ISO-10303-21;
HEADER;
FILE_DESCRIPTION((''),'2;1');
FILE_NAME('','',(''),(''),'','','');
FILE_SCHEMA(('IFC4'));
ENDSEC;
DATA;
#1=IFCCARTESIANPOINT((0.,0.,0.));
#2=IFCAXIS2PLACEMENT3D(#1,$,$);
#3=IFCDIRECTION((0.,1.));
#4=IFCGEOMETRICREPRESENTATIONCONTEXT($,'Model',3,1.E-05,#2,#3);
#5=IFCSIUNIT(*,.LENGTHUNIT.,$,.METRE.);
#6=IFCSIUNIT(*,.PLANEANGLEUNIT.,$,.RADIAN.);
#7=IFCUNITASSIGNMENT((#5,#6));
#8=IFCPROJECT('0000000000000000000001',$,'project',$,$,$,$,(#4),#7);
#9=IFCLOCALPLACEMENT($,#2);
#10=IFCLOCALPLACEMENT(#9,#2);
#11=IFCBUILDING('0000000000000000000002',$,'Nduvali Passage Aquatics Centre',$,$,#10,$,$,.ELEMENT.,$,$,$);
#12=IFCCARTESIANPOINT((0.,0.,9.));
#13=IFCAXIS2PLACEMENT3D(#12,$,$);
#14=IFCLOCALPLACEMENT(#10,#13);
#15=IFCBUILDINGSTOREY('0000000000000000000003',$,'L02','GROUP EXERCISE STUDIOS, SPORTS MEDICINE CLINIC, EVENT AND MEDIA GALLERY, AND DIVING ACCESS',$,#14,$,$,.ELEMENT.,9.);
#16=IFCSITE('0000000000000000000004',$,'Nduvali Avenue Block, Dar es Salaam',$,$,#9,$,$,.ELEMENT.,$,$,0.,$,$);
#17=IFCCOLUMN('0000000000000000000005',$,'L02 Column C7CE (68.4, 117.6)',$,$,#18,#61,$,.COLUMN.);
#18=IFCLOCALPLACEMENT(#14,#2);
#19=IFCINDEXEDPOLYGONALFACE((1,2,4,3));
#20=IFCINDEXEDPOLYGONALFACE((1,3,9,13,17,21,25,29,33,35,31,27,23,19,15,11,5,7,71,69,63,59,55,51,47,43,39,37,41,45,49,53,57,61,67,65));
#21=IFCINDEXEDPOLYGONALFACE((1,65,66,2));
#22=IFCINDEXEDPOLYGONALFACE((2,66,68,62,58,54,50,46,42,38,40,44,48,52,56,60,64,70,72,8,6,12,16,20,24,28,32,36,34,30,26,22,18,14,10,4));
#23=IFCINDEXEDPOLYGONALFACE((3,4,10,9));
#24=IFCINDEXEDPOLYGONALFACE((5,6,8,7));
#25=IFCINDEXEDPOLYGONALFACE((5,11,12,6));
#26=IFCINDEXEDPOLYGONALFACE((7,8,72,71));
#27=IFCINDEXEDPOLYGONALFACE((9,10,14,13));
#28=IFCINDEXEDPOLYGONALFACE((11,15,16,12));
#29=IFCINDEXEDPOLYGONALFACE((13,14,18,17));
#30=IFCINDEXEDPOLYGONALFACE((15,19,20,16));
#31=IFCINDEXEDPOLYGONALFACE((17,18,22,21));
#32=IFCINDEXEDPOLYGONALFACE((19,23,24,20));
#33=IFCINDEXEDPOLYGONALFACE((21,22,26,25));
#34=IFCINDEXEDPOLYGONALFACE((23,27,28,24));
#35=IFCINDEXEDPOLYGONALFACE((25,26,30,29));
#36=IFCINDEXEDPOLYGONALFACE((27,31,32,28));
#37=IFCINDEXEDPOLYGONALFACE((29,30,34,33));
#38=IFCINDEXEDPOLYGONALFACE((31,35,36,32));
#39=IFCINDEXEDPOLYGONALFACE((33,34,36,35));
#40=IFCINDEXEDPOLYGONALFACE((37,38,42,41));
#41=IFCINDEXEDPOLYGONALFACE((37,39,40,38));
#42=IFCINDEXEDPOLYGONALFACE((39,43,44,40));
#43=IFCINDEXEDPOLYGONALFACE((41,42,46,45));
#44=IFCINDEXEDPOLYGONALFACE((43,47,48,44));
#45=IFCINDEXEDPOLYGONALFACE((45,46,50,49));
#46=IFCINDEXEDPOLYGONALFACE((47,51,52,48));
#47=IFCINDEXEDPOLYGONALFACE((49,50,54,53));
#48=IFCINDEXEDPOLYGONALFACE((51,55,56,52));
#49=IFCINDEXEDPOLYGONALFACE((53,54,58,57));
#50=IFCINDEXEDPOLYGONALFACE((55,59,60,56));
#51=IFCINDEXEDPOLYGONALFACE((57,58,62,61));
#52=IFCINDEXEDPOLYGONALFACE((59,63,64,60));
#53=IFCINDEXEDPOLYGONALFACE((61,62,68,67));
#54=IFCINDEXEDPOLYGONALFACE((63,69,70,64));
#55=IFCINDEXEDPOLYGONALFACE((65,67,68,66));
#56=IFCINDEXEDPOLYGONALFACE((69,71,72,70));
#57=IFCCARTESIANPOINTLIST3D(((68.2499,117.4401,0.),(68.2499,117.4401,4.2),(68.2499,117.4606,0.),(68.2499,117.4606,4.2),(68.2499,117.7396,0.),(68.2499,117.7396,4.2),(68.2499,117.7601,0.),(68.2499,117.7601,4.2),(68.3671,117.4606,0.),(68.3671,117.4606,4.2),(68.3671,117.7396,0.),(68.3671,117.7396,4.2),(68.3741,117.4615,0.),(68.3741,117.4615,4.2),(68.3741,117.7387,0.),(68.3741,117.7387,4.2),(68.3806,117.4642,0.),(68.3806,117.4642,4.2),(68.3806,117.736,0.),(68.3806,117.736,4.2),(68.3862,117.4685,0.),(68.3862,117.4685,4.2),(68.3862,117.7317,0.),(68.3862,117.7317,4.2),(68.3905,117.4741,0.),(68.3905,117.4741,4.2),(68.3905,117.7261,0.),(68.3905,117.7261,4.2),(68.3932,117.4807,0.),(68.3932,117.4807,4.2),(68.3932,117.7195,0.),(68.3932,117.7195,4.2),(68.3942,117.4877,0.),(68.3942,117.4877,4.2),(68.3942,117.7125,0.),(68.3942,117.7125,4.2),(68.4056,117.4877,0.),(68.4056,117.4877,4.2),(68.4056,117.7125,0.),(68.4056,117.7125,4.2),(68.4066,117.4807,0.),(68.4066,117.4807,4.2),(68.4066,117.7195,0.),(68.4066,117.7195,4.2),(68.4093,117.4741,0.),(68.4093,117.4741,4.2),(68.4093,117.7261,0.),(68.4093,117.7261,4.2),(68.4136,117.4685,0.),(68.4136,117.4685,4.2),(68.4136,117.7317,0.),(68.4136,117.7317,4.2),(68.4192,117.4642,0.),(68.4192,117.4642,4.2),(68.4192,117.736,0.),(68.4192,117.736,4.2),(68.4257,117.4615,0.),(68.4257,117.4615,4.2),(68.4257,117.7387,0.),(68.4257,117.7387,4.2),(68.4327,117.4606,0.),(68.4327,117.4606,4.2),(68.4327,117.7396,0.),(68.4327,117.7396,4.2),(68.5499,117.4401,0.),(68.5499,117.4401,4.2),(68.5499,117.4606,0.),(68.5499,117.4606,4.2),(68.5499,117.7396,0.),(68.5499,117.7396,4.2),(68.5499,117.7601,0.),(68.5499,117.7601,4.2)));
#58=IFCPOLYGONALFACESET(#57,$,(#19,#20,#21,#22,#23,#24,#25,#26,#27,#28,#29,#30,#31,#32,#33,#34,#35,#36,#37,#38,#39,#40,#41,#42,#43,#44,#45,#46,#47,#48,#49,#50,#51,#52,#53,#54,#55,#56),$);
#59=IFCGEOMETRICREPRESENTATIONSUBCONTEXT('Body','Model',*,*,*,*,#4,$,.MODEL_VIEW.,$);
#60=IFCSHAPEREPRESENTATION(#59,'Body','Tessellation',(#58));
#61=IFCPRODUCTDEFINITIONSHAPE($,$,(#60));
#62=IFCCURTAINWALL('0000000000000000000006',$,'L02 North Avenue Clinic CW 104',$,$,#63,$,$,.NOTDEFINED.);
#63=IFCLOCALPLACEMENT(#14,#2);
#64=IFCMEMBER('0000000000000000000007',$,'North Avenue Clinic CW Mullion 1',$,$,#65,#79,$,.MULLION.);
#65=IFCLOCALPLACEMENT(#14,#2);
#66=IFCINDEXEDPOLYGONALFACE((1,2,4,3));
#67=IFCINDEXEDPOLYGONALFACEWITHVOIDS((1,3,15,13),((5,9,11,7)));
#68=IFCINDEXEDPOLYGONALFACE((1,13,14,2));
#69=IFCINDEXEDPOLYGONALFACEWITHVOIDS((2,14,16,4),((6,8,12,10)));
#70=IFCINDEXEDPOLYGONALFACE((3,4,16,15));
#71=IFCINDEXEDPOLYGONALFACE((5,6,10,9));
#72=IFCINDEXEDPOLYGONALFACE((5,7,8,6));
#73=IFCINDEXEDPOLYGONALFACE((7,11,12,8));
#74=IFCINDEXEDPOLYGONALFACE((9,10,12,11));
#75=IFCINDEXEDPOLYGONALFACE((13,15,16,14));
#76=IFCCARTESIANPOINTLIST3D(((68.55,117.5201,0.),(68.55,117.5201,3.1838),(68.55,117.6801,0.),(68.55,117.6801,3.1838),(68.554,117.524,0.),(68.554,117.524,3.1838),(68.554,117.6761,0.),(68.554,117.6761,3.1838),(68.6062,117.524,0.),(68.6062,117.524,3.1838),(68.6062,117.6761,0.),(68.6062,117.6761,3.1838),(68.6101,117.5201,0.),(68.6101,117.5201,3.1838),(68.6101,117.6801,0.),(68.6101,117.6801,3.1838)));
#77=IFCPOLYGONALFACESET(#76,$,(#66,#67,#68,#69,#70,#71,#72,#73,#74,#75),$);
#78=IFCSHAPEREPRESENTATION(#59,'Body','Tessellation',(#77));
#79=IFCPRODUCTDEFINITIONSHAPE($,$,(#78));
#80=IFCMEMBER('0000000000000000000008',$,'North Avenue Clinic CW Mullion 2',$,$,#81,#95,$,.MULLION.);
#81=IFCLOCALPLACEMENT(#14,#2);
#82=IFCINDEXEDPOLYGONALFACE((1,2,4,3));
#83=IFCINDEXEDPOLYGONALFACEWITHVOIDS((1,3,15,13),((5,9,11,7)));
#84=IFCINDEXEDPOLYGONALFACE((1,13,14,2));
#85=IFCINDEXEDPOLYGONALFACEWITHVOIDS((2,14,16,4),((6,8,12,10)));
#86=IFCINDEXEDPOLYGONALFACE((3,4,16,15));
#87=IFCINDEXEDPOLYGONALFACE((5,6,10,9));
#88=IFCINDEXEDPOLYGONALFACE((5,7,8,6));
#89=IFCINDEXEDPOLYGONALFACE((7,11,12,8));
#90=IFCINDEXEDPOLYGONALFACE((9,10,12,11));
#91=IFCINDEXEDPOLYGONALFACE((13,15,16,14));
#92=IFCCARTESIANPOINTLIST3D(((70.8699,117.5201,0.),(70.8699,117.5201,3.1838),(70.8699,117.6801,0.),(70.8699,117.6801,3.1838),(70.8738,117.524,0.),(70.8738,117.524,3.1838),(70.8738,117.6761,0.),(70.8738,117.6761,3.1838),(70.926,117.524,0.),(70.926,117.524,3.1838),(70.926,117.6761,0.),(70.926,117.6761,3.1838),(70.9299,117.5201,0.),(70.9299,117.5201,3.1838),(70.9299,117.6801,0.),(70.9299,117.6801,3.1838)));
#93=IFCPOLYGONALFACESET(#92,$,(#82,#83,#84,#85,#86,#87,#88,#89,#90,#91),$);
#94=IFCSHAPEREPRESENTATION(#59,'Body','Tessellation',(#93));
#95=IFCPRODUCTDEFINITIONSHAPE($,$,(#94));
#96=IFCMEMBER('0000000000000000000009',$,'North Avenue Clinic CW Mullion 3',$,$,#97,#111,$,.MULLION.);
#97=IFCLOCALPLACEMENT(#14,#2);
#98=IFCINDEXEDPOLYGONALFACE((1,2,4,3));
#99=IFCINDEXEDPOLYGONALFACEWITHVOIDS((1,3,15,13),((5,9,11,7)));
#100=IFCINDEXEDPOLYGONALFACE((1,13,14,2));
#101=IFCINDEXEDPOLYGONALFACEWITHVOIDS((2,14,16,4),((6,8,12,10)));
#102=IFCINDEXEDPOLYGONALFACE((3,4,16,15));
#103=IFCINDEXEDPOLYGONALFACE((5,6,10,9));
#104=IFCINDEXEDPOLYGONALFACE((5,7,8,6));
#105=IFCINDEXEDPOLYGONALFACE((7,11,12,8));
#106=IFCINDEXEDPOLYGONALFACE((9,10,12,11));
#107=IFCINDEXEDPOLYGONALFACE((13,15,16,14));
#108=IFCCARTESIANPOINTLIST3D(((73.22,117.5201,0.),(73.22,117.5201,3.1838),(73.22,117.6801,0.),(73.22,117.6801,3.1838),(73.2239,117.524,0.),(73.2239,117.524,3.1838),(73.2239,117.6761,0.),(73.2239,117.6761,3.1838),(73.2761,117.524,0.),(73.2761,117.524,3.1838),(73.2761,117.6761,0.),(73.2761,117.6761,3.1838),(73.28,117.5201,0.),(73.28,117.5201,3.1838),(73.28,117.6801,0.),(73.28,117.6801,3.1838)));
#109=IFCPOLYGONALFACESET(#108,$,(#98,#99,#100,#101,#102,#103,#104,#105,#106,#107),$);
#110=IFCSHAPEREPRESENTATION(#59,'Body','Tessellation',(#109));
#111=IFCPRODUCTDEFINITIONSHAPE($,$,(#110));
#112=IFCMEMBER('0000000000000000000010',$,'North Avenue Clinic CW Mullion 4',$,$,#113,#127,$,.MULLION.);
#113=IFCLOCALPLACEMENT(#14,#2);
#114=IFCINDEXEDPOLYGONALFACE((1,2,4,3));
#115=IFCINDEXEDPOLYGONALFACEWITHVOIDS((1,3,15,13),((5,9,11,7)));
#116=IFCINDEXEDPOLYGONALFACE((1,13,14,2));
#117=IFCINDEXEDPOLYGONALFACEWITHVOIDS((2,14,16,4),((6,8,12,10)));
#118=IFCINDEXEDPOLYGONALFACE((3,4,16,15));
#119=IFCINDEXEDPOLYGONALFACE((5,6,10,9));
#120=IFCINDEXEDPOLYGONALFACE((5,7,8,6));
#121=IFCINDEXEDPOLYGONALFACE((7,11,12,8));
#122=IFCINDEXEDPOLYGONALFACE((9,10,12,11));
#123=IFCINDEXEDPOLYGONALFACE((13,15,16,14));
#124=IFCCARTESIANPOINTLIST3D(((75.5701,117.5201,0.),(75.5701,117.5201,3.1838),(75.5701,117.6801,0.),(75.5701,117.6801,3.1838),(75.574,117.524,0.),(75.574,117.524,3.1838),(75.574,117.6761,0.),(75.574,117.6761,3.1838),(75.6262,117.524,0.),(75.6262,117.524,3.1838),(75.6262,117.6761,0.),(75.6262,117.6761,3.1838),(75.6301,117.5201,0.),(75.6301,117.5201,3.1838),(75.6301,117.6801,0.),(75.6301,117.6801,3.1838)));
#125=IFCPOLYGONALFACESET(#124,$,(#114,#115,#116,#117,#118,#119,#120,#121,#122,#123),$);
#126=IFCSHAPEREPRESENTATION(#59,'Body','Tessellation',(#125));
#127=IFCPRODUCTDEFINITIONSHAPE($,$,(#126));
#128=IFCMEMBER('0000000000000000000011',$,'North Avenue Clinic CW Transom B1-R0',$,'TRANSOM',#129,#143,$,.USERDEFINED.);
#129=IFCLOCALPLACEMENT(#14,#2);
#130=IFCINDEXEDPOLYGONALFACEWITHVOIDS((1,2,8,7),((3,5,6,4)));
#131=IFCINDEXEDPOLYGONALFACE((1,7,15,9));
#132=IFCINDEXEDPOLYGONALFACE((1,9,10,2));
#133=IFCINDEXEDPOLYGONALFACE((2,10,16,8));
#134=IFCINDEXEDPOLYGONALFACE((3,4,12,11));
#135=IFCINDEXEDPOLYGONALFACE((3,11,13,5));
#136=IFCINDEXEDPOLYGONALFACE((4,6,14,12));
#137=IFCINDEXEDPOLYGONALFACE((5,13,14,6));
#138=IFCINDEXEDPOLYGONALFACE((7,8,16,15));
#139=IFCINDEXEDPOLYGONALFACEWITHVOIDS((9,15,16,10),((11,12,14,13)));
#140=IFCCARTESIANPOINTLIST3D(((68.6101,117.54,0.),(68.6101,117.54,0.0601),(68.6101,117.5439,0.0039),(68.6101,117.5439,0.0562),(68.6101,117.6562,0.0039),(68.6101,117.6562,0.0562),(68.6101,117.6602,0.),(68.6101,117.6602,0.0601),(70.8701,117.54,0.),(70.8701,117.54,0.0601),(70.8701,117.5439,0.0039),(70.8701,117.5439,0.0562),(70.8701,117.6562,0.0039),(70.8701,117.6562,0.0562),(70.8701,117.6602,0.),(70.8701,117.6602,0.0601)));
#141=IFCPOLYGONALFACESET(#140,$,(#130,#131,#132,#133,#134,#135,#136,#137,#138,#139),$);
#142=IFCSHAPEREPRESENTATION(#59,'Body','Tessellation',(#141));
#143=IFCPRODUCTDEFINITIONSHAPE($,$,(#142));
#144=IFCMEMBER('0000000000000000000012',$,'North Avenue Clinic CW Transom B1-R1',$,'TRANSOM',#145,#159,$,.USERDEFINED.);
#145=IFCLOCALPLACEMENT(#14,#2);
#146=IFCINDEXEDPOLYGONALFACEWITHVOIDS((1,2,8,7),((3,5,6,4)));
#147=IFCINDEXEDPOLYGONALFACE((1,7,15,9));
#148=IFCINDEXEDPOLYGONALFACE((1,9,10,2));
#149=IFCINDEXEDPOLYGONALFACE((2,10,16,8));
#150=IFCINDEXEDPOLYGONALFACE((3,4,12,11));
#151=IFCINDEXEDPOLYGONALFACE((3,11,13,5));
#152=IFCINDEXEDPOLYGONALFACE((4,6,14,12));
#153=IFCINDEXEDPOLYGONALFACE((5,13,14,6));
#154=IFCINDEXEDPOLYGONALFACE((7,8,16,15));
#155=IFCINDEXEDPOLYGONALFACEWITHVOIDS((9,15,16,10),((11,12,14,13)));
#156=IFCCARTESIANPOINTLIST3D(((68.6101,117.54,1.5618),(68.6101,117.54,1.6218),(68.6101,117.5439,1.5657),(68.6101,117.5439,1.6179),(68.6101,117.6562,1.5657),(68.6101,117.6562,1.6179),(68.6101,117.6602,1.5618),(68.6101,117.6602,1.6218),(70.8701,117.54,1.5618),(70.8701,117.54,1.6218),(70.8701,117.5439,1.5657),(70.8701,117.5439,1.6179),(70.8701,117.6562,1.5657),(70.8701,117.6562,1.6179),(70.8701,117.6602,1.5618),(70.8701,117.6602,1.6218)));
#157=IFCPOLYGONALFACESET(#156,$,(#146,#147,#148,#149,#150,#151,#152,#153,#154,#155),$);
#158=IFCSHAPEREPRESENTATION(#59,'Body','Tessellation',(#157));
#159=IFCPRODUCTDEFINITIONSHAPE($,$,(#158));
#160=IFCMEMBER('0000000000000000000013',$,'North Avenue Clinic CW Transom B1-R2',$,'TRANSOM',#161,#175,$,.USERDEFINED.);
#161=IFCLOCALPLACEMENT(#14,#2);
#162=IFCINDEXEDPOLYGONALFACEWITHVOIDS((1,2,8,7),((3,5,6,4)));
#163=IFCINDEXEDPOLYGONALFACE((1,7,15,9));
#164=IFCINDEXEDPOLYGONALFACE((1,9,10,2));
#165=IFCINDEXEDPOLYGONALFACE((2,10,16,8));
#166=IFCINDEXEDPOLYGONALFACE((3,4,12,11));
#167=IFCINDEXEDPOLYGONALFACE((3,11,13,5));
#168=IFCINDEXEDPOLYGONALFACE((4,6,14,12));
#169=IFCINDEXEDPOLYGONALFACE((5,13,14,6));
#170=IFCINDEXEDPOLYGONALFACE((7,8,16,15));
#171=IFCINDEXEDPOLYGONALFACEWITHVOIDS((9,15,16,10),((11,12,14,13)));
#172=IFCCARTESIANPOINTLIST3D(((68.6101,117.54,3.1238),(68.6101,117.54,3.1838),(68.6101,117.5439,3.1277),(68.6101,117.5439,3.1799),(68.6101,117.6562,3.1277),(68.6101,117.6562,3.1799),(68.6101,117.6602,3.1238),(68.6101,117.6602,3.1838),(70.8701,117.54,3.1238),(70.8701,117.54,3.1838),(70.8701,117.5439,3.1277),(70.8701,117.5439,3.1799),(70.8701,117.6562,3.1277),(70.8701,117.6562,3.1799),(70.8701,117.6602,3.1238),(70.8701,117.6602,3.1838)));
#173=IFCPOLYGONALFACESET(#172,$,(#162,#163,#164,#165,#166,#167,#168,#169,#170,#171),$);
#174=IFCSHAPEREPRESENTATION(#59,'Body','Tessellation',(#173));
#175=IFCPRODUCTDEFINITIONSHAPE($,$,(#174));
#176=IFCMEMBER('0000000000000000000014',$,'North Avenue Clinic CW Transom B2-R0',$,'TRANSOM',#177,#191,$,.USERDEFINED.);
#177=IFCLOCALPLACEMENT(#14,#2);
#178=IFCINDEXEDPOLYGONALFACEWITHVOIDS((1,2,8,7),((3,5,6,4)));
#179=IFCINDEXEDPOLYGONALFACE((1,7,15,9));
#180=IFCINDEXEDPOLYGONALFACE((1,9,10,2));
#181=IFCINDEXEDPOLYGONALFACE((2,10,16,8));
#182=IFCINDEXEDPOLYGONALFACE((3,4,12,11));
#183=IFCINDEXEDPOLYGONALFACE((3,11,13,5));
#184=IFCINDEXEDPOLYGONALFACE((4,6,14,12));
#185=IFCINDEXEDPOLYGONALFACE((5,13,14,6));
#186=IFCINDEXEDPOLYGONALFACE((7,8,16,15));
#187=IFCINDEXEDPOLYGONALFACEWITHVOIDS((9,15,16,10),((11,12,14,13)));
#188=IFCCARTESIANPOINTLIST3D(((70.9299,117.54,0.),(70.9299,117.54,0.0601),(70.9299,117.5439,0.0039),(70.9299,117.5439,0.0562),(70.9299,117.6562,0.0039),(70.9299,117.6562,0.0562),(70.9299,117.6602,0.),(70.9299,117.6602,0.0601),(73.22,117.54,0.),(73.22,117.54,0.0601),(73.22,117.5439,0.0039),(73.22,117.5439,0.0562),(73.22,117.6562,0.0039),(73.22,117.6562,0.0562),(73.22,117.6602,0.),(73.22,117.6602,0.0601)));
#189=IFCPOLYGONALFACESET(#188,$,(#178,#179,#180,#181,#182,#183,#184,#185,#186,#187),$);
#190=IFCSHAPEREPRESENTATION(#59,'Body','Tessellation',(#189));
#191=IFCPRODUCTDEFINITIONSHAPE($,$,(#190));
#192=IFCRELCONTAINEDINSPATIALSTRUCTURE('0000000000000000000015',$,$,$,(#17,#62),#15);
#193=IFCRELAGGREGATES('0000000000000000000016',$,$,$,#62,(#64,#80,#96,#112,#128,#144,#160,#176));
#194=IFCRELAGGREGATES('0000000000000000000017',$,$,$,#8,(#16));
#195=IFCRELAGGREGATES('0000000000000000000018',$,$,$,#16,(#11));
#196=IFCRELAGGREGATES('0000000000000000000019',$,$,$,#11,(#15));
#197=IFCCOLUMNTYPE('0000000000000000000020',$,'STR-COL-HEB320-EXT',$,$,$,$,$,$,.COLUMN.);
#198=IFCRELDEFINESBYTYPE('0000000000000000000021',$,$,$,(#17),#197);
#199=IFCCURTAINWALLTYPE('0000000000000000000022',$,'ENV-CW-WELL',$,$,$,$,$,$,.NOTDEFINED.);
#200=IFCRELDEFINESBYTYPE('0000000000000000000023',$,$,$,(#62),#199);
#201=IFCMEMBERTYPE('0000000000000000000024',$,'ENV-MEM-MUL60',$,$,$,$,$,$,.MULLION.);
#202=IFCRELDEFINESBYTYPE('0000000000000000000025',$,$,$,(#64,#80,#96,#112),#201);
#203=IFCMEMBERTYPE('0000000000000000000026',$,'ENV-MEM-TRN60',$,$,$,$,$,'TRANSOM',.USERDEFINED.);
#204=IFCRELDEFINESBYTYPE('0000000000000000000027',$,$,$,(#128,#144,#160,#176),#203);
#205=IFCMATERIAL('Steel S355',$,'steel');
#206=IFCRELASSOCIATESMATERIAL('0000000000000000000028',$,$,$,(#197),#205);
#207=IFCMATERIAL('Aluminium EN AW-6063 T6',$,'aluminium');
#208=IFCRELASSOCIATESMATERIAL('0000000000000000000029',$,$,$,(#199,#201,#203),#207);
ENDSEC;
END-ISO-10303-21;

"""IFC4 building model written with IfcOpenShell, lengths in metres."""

from ifc_helpers import new_model, si_unit, direction, frame, origin, origin_2d, place, context, subcontext, project, spatial, hollow_rectangle, i_section, extrude, material, material_profile, profile_set, type_object, element, aggregate, save


model = new_model("IFC4")

# Units and contexts
model_context = context("Model", 3, precision=1e-05, world=origin(), true_north=direction((0.0, 1.0)))
body_context = subcontext(model_context, "Body", "Model", "MODEL_VIEW")
ifc_project = project(units=[si_unit("LENGTHUNIT", "METRE"), si_unit("PLANEANGLEUNIT", "RADIAN")], contexts=[model_context])

# Site, building, storey
site_placement = place(None, origin())
site = spatial("IfcSite", under=ifc_project, at=site_placement, Name="Nduvali Avenue Block, Dar es Salaam", CompositionType="ELEMENT", RefElevation=0.0)
building_placement = place(site_placement, origin())
building = spatial("IfcBuilding", under=site, at=building_placement, Name="Nduvali Passage Aquatics Centre", CompositionType="ELEMENT")
storey_placement = place(building_placement, frame((0.0, 0.0, 9.0)))
storey = spatial("IfcBuildingStorey", under=building, at=storey_placement, Name="L02", Description="GROUP EXERCISE STUDIOS, SPORTS MEDICINE CLINIC, EVENT AND MEDIA GALLERY, AND DIVING ACCESS", CompositionType="ELEMENT", Elevation=9.0)

# Column
ifc_material_1 = material(Name="Steel S355", Category="steel")
ifc_material_profile_1 = material_profile(ifc_material_1, i_section(OverallWidth=0.3, OverallDepth=0.3201, WebThickness=0.0115, FlangeThickness=0.0205, FilletRadius=0.0271, at=origin_2d()), Name="HEB 320")
ifc_profile_set_1 = profile_set([ifc_material_profile_1], Name="Steel S355")
column_type = type_object("IfcColumnType", Name="STR-COL-HEB320-EXT", PredefinedType="COLUMN", material=ifc_profile_set_1)
column_placement = place(storey_placement, frame((68.3999, 117.6001, 0.0), z_axis=(0.0, 0.0, 1.0), x_axis=(1.0, 0.0, 0.0)))
element("IfcColumn", 1, at=column_placement, inside=storey, type_object=column_type, Name="L02 Column C7CE (68.4, 117.6)", PredefinedType="COLUMN", context=body_context, shape_type="SweptSolid", body=[
    extrude(i_section(OverallWidth=0.3, OverallDepth=0.3201, WebThickness=0.0115, FlangeThickness=0.0205, FilletRadius=0.0271, at=origin_2d()), origin(), (0.0, 0.0, 1.0), 4.2),
])

# Curtain wall, members
ifc_material_2 = material(Name="Aluminium EN AW-6063 T6", Category="aluminium")
curtain_wall_type = type_object("IfcCurtainWallType", Name="ENV-CW-WELL", PredefinedType="NOTDEFINED", material=ifc_material_2)
curtain_wall_placement = place(storey_placement, origin())
curtain_wall = element("IfcCurtainWall", 2, at=curtain_wall_placement, inside=storey, type_object=curtain_wall_type, Name="L02 North Avenue Clinic CW 104", PredefinedType="NOTDEFINED")
ifc_material_profile_2 = material_profile(ifc_material_2, hollow_rectangle(XDim=0.0601, YDim=0.1599, WallThickness=0.0039, at=origin_2d()), Name="ALU MULLION 60x160x4")
ifc_profile_set_2 = profile_set([ifc_material_profile_2], Name="Aluminium EN AW-6063 T6")
member_type_1 = type_object("IfcMemberType", Name="ENV-MEM-MUL60", PredefinedType="MULLION", material=ifc_profile_set_2)
member_1_placement = place(storey_placement, frame((68.5801, 117.6001, 0.0), z_axis=(0.0, 0.0, 1.0), x_axis=(1.0, 0.0, 0.0)))
member_1 = element("IfcMember", 3, at=member_1_placement, type_object=member_type_1, Name="North Avenue Clinic CW Mullion 1", PredefinedType="MULLION", context=body_context, shape_type="SweptSolid", body=[
    extrude(hollow_rectangle(XDim=0.0601, YDim=0.1599, WallThickness=0.0039, at=origin_2d()), origin(), (0.0, 0.0, 1.0), 3.1838),
])
member_2_placement = place(storey_placement, frame((70.8999, 117.6001, 0.0), z_axis=(0.0, 0.0, 1.0), x_axis=(1.0, 0.0, 0.0)))
member_2 = element("IfcMember", 4, at=member_2_placement, type_object=member_type_1, Name="North Avenue Clinic CW Mullion 2", PredefinedType="MULLION", context=body_context, shape_type="SweptSolid", body=[
    extrude(hollow_rectangle(XDim=0.0601, YDim=0.1599, WallThickness=0.0039, at=origin_2d()), origin(), (0.0, 0.0, 1.0), 3.1838),
])
member_3_placement = place(storey_placement, frame((73.25, 117.6001, 0.0), z_axis=(0.0, 0.0, 1.0), x_axis=(1.0, 0.0, 0.0)))
member_3 = element("IfcMember", 5, at=member_3_placement, type_object=member_type_1, Name="North Avenue Clinic CW Mullion 3", PredefinedType="MULLION", context=body_context, shape_type="SweptSolid", body=[
    extrude(hollow_rectangle(XDim=0.0601, YDim=0.1599, WallThickness=0.0039, at=origin_2d()), origin(), (0.0, 0.0, 1.0), 3.1838),
])
member_4_placement = place(storey_placement, frame((75.6001, 117.6001, 0.0), z_axis=(0.0, 0.0, 1.0), x_axis=(1.0, 0.0, 0.0)))
member_4 = element("IfcMember", 6, at=member_4_placement, type_object=member_type_1, Name="North Avenue Clinic CW Mullion 4", PredefinedType="MULLION", context=body_context, shape_type="SweptSolid", body=[
    extrude(hollow_rectangle(XDim=0.0601, YDim=0.1599, WallThickness=0.0039, at=origin_2d()), origin(), (0.0, 0.0, 1.0), 3.1838),
])
ifc_material_profile_3 = material_profile(ifc_material_2, hollow_rectangle(XDim=0.1201, YDim=0.0601, WallThickness=0.0039, at=origin_2d()), Name="ALU TRANSOM 120x60x4")
ifc_profile_set_3 = profile_set([ifc_material_profile_3], Name="Aluminium EN AW-6063 T6")
member_type_2 = type_object("IfcMemberType", Name="ENV-MEM-TRN60", ElementType="TRANSOM", PredefinedType="USERDEFINED", material=ifc_profile_set_3)
member_5_placement = place(storey_placement, frame((68.6101, 117.6001, 0.03), z_axis=(1.0, 0.0, 0.0), x_axis=(0.0, 1.0, 0.0)))
member_5 = element("IfcMember", 7, at=member_5_placement, type_object=member_type_2, Name="North Avenue Clinic CW Transom B1-R0", ObjectType="TRANSOM", PredefinedType="USERDEFINED", context=body_context, shape_type="SweptSolid", body=[
    extrude(hollow_rectangle(XDim=0.1201, YDim=0.0601, WallThickness=0.0039, at=origin_2d()), origin(), (0.0, 0.0, 1.0), 2.26),
])
member_6_placement = place(storey_placement, frame((68.6101, 117.6001, 1.5918), z_axis=(1.0, 0.0, 0.0), x_axis=(0.0, 1.0, 0.0)))
member_6 = element("IfcMember", 8, at=member_6_placement, type_object=member_type_2, Name="North Avenue Clinic CW Transom B1-R1", ObjectType="TRANSOM", PredefinedType="USERDEFINED", context=body_context, shape_type="SweptSolid", body=[
    extrude(hollow_rectangle(XDim=0.1201, YDim=0.0601, WallThickness=0.0039, at=origin_2d()), origin(), (0.0, 0.0, 1.0), 2.26),
])
member_7_placement = place(storey_placement, frame((68.6101, 117.6001, 3.1538), z_axis=(1.0, 0.0, 0.0), x_axis=(0.0, 1.0, 0.0)))
member_7 = element("IfcMember", 9, at=member_7_placement, type_object=member_type_2, Name="North Avenue Clinic CW Transom B1-R2", ObjectType="TRANSOM", PredefinedType="USERDEFINED", context=body_context, shape_type="SweptSolid", body=[
    extrude(hollow_rectangle(XDim=0.1201, YDim=0.0601, WallThickness=0.0039, at=origin_2d()), origin(), (0.0, 0.0, 1.0), 2.26),
])
member_8_placement = place(storey_placement, frame((70.9299, 117.6001, 0.03), z_axis=(1.0, 0.0, 0.0), x_axis=(0.0, 1.0, 0.0)))
member_8 = element("IfcMember", 10, at=member_8_placement, type_object=member_type_2, Name="North Avenue Clinic CW Transom B2-R0", ObjectType="TRANSOM", PredefinedType="USERDEFINED", context=body_context, shape_type="SweptSolid", body=[
    extrude(hollow_rectangle(XDim=0.1201, YDim=0.0601, WallThickness=0.0039, at=origin_2d()), origin(), (0.0, 0.0, 1.0), 2.29),
])

aggregate(curtain_wall, [member_1, member_2, member_3, member_4, member_5, member_6, member_7, member_8])

save(model, "model.ifc")
